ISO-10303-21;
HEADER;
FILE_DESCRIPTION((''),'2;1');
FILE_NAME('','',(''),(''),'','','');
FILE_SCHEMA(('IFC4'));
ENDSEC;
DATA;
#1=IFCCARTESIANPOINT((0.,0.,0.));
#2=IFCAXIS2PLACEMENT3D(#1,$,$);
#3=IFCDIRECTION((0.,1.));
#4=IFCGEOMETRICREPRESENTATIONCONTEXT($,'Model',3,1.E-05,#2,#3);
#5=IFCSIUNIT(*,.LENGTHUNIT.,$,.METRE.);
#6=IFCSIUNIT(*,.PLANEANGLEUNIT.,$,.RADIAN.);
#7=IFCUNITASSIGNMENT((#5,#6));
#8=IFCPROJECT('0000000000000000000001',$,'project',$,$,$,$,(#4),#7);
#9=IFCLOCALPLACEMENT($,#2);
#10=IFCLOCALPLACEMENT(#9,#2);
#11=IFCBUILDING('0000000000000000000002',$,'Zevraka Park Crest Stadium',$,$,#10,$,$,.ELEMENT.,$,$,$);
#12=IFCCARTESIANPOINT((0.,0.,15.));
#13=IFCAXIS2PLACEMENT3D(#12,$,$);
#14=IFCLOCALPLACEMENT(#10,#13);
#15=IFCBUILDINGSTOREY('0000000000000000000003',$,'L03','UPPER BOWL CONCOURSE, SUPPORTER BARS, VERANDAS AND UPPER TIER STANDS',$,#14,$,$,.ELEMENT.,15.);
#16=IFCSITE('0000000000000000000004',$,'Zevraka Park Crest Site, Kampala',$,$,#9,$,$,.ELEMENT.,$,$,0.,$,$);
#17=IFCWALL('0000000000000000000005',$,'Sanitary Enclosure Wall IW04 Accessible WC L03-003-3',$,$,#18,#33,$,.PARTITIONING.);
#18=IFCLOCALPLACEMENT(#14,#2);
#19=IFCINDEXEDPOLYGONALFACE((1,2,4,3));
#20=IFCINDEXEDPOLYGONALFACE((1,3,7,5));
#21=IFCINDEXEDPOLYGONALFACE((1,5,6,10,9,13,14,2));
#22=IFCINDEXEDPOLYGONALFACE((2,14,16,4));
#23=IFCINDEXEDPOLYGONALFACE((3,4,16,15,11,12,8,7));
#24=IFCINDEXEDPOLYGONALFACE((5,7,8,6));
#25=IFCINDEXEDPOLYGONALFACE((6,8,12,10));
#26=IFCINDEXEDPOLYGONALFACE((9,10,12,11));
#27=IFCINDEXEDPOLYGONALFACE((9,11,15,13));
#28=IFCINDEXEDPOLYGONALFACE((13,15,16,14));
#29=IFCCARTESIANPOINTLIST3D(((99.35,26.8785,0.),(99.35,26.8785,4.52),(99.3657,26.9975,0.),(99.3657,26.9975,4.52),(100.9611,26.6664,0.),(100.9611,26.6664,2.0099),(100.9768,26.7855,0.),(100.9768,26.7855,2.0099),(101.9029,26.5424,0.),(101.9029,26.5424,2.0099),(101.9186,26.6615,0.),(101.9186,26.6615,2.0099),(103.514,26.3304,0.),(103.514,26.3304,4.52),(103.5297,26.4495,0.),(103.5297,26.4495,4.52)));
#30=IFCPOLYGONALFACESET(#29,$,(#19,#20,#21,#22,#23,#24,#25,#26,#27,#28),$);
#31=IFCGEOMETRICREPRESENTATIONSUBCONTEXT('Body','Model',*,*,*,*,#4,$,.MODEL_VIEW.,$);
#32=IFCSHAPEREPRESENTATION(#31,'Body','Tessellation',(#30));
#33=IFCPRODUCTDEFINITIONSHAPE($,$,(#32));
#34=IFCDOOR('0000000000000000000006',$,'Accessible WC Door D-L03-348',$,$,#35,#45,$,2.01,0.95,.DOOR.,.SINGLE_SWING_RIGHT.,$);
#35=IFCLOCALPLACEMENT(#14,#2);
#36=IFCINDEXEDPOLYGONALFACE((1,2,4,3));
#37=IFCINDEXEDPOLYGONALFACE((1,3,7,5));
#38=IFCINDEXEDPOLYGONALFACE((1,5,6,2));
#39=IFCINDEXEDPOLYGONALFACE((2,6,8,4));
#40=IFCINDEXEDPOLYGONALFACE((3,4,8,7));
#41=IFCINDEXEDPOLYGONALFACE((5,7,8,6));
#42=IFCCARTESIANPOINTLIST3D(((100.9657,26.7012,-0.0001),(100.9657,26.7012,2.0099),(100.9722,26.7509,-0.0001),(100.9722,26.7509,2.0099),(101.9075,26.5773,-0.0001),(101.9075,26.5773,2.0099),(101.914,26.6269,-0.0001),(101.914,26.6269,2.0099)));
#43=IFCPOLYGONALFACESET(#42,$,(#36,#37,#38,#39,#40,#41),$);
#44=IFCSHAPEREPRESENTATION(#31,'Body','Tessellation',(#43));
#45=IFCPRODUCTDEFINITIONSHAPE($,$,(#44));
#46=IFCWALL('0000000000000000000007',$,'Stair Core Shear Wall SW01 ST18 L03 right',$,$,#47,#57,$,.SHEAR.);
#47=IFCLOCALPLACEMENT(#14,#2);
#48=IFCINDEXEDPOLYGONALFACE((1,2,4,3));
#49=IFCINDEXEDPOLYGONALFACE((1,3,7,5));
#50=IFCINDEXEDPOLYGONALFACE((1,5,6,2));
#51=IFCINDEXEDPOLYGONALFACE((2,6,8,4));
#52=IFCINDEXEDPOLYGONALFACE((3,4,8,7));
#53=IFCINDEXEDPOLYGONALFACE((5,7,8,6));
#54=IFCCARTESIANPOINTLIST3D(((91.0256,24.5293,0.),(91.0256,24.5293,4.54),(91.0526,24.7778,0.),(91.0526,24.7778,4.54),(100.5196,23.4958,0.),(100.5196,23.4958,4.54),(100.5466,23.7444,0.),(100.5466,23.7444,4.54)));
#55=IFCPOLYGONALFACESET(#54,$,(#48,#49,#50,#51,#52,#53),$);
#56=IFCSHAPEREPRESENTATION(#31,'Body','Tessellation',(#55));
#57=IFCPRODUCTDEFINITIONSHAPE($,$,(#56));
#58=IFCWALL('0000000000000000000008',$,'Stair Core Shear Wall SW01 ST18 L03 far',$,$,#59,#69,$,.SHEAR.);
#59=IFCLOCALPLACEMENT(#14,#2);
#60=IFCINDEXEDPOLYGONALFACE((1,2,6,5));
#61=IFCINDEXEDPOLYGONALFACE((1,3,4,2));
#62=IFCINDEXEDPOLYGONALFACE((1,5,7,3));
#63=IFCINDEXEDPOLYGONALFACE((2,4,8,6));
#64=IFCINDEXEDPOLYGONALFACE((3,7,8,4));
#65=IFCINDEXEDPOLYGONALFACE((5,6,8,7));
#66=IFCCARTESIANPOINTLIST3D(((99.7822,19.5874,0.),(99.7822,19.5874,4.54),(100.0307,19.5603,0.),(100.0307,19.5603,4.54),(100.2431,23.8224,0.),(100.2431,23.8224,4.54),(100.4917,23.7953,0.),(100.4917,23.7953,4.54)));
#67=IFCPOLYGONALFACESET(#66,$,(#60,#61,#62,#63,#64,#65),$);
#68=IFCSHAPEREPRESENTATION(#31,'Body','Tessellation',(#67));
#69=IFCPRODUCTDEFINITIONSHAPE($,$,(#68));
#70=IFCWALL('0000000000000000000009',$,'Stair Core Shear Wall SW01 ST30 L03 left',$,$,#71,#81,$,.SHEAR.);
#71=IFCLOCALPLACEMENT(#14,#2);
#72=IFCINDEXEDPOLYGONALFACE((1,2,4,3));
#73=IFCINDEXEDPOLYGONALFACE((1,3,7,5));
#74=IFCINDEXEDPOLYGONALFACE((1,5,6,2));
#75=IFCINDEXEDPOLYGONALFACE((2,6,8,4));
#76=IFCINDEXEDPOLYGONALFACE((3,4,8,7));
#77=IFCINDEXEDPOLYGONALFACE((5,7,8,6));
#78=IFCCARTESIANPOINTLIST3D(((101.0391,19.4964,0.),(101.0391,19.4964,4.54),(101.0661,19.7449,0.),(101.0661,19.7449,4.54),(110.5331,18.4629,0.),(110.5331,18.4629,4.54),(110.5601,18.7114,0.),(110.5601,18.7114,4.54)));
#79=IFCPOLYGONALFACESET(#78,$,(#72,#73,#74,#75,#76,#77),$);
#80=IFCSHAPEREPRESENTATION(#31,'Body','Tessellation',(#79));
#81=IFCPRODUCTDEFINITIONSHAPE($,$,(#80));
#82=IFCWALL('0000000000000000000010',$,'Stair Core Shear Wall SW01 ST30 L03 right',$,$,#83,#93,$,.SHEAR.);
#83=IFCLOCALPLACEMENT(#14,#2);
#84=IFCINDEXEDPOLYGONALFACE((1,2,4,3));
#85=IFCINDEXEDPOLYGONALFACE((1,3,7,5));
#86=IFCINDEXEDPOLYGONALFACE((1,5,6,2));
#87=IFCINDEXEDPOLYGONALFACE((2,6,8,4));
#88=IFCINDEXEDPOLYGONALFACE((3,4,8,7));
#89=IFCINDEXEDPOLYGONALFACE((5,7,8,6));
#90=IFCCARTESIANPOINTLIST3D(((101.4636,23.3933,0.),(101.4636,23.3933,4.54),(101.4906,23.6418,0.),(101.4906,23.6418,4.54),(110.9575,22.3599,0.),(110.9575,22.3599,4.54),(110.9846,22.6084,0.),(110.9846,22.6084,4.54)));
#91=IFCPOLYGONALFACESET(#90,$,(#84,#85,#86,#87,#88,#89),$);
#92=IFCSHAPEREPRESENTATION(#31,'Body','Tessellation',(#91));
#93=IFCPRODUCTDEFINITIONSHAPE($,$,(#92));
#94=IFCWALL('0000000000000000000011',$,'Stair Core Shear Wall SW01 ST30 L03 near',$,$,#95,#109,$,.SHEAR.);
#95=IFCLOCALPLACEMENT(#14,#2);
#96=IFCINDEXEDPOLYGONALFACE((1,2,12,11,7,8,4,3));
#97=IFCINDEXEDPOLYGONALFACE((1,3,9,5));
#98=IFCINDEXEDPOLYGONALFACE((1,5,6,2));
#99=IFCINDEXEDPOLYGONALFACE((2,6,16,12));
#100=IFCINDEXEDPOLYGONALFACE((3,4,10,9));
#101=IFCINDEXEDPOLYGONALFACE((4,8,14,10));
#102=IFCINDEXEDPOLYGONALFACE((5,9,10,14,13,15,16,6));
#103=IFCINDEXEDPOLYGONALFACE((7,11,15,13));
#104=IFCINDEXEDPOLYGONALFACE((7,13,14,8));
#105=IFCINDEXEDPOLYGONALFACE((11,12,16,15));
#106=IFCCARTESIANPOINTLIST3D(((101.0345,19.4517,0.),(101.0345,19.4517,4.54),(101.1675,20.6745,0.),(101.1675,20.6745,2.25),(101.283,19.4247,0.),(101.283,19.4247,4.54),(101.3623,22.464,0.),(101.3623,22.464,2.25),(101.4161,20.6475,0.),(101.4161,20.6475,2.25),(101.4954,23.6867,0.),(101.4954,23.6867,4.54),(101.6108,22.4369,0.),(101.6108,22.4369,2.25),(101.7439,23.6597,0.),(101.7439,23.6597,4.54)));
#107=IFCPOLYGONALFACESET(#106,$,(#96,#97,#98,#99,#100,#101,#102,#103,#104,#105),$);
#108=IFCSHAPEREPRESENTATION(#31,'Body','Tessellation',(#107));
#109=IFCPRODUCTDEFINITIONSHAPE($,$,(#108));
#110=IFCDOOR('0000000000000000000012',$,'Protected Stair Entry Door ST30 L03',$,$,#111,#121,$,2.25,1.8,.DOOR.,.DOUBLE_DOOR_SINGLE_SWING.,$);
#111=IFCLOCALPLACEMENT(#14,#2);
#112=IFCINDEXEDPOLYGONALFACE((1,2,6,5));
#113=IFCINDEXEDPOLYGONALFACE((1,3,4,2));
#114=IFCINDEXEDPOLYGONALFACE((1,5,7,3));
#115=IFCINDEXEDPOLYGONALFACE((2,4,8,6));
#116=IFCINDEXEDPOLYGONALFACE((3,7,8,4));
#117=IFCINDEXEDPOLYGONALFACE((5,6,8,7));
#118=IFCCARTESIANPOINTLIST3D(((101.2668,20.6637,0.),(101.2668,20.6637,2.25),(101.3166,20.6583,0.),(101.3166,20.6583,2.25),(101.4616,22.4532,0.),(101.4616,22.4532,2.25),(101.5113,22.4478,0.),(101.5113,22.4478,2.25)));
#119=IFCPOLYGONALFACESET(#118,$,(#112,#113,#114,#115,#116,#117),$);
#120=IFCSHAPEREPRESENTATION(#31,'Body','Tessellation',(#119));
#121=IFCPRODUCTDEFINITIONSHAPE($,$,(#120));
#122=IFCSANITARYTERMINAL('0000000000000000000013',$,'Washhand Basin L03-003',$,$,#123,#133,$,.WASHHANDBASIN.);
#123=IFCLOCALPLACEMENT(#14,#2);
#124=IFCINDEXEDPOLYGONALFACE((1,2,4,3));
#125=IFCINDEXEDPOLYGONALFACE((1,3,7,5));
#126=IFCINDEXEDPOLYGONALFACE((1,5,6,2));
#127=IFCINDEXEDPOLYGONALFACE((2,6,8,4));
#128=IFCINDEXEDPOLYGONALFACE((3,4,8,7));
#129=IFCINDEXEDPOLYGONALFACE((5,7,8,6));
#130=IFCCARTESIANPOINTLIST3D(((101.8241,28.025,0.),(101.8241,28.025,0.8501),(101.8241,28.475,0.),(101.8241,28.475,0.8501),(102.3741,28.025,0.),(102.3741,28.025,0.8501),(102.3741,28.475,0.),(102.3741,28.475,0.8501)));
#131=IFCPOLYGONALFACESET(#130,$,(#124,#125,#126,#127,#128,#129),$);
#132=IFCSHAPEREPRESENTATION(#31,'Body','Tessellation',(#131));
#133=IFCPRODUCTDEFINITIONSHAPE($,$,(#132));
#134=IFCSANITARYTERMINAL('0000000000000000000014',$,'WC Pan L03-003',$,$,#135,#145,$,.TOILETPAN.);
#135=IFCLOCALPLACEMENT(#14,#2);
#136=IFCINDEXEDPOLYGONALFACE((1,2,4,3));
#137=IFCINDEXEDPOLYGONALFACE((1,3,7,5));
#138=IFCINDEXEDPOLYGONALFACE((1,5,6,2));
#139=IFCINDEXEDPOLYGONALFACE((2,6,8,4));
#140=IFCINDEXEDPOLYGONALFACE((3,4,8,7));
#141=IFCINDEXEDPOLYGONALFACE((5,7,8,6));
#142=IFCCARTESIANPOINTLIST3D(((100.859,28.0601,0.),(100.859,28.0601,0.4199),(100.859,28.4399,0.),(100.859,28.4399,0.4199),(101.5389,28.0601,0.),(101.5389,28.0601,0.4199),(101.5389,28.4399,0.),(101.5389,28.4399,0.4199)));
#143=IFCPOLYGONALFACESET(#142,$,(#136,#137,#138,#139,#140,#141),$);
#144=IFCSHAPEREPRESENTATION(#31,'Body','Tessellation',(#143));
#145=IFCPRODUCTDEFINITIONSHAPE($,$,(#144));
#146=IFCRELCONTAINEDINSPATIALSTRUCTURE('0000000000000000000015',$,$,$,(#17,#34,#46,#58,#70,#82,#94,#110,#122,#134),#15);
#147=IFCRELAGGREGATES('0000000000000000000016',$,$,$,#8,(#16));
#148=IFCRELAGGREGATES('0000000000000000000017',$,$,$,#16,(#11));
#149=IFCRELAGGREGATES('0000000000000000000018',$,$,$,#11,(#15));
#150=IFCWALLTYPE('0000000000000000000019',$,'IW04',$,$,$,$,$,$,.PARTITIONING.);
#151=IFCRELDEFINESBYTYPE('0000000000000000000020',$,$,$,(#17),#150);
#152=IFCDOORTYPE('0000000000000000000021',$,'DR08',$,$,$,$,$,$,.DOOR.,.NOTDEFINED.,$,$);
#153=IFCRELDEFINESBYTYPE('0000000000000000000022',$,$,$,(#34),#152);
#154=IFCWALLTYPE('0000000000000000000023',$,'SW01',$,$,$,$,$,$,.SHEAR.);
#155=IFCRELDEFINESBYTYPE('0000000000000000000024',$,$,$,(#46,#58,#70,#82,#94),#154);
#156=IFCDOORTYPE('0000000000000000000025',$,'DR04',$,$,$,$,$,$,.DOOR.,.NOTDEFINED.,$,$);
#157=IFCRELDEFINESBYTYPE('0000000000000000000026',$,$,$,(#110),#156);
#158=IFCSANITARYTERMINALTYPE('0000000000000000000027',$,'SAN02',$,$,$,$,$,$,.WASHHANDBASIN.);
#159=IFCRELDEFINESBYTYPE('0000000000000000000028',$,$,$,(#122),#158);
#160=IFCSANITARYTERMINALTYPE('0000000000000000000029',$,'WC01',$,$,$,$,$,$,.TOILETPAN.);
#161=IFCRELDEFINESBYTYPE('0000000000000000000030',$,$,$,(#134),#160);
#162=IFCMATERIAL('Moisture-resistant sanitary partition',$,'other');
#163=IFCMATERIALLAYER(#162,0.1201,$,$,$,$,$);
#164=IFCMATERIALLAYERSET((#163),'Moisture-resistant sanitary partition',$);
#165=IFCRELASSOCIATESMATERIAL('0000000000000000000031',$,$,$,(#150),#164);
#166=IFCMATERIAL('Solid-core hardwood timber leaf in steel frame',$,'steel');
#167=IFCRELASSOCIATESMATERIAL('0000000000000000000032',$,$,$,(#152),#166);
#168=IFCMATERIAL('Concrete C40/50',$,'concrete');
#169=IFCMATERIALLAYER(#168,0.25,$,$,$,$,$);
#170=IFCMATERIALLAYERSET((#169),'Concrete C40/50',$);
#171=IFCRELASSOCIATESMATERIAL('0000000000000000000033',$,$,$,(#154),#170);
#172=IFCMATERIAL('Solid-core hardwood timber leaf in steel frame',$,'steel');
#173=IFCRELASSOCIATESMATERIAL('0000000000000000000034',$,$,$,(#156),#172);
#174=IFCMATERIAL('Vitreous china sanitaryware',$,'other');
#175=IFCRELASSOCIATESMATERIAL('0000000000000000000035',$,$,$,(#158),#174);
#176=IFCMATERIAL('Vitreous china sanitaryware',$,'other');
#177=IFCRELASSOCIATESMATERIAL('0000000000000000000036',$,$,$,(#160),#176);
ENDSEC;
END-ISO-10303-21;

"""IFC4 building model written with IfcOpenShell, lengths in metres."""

from ifc_helpers import new_model, si_unit, direction, frame, frame_2d, origin, origin_2d, place, context, subcontext, project, spatial, rectangle, extrude, material, layer, layer_set, type_object, element, fill, save


model = new_model("IFC4")

# Units and contexts
model_context = context("Model", 3, precision=1e-05, world=origin(), true_north=direction((0.0, 1.0)))
body_context = subcontext(model_context, "Body", "Model", "MODEL_VIEW")
ifc_project = project(units=[si_unit("LENGTHUNIT", "METRE"), si_unit("PLANEANGLEUNIT", "RADIAN")], contexts=[model_context])

# Site, building, storey
site_placement = place(None, origin())
site = spatial("IfcSite", under=ifc_project, at=site_placement, Name="Zevraka Park Crest Site, Kampala", CompositionType="ELEMENT", RefElevation=0.0)
building_placement = place(site_placement, origin())
building = spatial("IfcBuilding", under=site, at=building_placement, Name="Zevraka Park Crest Stadium", CompositionType="ELEMENT")
storey_placement = place(building_placement, frame((0.0, 0.0, 15.0)))
storey = spatial("IfcBuildingStorey", under=building, at=storey_placement, Name="L03", Description="UPPER BOWL CONCOURSE, SUPPORTER BARS, VERANDAS AND UPPER TIER STANDS", CompositionType="ELEMENT", Elevation=15.0)

# Shared definitions
ifc_material_1 = material(Name="Moisture-resistant sanitary partition", Category="other")
ifc_layer_1 = layer(ifc_material_1, 0.1201)
ifc_layer_set_1 = layer_set([ifc_layer_1], Name="Moisture-resistant sanitary partition")
wall_type_1 = type_object("IfcWallType", Name="IW04", PredefinedType="PARTITIONING", material=ifc_layer_set_1)

# Wall, opening, door
wall_1_placement = place(storey_placement, frame((103.522, 26.3899, 0.0), z_axis=(0.0, 0.0, 1.0), x_axis=(-0.991448, 0.1305, 0.0)))
wall_1 = element("IfcWall", 1, at=wall_1_placement, inside=storey, type_object=wall_type_1, Name="Sanitary Enclosure Wall IW04 Accessible WC L03-003-3", PredefinedType="PARTITIONING", context=body_context, shape_type="SweptSolid", body=[
    extrude(rectangle(XDim=4.2, YDim=0.1201, at=frame_2d((2.1001, 0.0))), origin(), (0.0, 0.0, 1.0), 4.52),
])
opening_1_placement = place(wall_1_placement, frame((1.625, 0.0, 0.0)))
opening_1 = element("IfcOpeningElement", 2, at=opening_1_placement, cuts=wall_1, PredefinedType="OPENING", context=body_context, shape_type="SweptSolid", body=[
    extrude(rectangle(XDim=0.95, YDim=2.01, at=frame_2d((0.4751, 1.0049))), frame((0.0, 0.0701, 0.0), z_axis=(0.0, -1.0, 0.0), x_axis=(1.0, 0.0, 0.0)), (0.0, 0.0, 1.0), 0.1401),
])
ifc_material_2 = material(Name="Solid-core hardwood timber leaf in steel frame", Category="steel")
door_type_1 = type_object("IfcDoorType", Name="DR08", OperationType="NOTDEFINED", PredefinedType="DOOR", material=ifc_material_2)
door_1_placement = place(opening_1_placement, origin())
door_1 = element("IfcDoor", 3, at=door_1_placement, inside=storey, type_object=door_type_1, Name="Accessible WC Door D-L03-348", OperationType="SINGLE_SWING_RIGHT", OverallHeight=2.01, OverallWidth=0.95, PredefinedType="DOOR", context=body_context, shape_type="SweptSolid", body=[
    extrude(rectangle(XDim=0.95, YDim=2.01, at=frame_2d((0.4751, 1.0049))), frame((0.0, 0.0249, 0.0), z_axis=(0.0, -1.0, 0.0), x_axis=(1.0, 0.0, 0.0)), (0.0, 0.0, 1.0), 0.05),
])
fill(opening_1, door_1)

# Walls
ifc_material_3 = material(Name="Concrete C40/50", Category="concrete")
ifc_layer_2 = layer(ifc_material_3, 0.25)
ifc_layer_set_2 = layer_set([ifc_layer_2], Name="Concrete C40/50")
wall_type_2 = type_object("IfcWallType", Name="SW01", PredefinedType="SHEAR", material=ifc_layer_set_2)
wall_2_placement = place(storey_placement, frame((100.533, 23.6201, 0.0), z_axis=(0.0, 0.0, 1.0), x_axis=(-0.994128, 0.108215, 0.0)))
element("IfcWall", 4, at=wall_2_placement, inside=storey, type_object=wall_type_2, Name="Stair Core Shear Wall SW01 ST18 L03 right", PredefinedType="SHEAR", context=body_context, shape_type="SweptSolid", body=[
    extrude(rectangle(XDim=9.55, YDim=0.25, at=frame_2d((4.7749, 0.0))), origin(), (0.0, 0.0, 1.0), 4.54),
])
wall_3_placement = place(storey_placement, frame((99.9065, 19.574, 0.0), z_axis=(0.0, 0.0, 1.0), x_axis=(0.108198, 0.994129, 0.0)))
element("IfcWall", 5, at=wall_3_placement, inside=storey, type_object=wall_type_2, Name="Stair Core Shear Wall SW01 ST18 L03 far", PredefinedType="SHEAR", context=body_context, shape_type="SweptSolid", body=[
    extrude(rectangle(XDim=4.26, YDim=0.25, at=frame_2d((2.1299, 0.0))), origin(), (0.0, 0.0, 1.0), 4.54),
])
for number, where, z_axis, x_axis, name in (
    (6, (101.0527, 19.6206, 0.0), (0.0, 0.0, 1.0), (0.994128, -0.108215, 0.0), "Stair Core Shear Wall SW01 ST30 L03 left"),
    (7, (110.9709, 22.4841, 0.0), (0.0, 0.0, 1.0), (-0.994128, 0.108215, 0.0), "Stair Core Shear Wall SW01 ST30 L03 right"),
):
    element("IfcWall", number, at=place(storey_placement, frame(where, z_axis=z_axis, x_axis=x_axis)), inside=storey, type_object=wall_type_2, Name=name, PredefinedType="SHEAR", context=body_context, shape_type="SweptSolid", body=[
        extrude(rectangle(XDim=9.55, YDim=0.25, at=frame_2d((4.7749, 0.0))), origin(), (0.0, 0.0, 1.0), 4.54),
    ])

# Wall, opening, door
wall_4_placement = place(storey_placement, frame((101.6196, 23.6731, 0.0), z_axis=(0.0, 0.0, 1.0), x_axis=(-0.108198, -0.994129, 0.0)))
wall_4 = element("IfcWall", 8, at=wall_4_placement, inside=storey, type_object=wall_type_2, Name="Stair Core Shear Wall SW01 ST30 L03 near", PredefinedType="SHEAR", context=body_context, shape_type="SweptSolid", body=[
    extrude(rectangle(XDim=4.26, YDim=0.25, at=frame_2d((2.1299, 0.0))), origin(), (0.0, 0.0, 1.0), 4.54),
])
opening_2_placement = place(wall_4_placement, frame((1.23, 0.0, 0.0)))
opening_2 = element("IfcOpeningElement", 9, at=opening_2_placement, cuts=wall_4, PredefinedType="OPENING", context=body_context, shape_type="SweptSolid", body=[
    extrude(rectangle(XDim=1.8, YDim=2.25, at=frame_2d((0.8999, 1.125))), frame((0.0, 0.135, 0.0), z_axis=(0.0, -1.0, 0.0), x_axis=(1.0, 0.0, 0.0)), (0.0, 0.0, 1.0), 0.27),
])
ifc_material_4 = material(Name="Solid-core hardwood timber leaf in steel frame", Category="steel")
door_type_2 = type_object("IfcDoorType", Name="DR04", OperationType="NOTDEFINED", PredefinedType="DOOR", material=ifc_material_4)
door_2_placement = place(opening_2_placement, origin())
door_2 = element("IfcDoor", 10, at=door_2_placement, inside=storey, type_object=door_type_2, Name="Protected Stair Entry Door ST30 L03", OperationType="DOUBLE_DOOR_SINGLE_SWING", OverallHeight=2.25, OverallWidth=1.8, PredefinedType="DOOR", context=body_context, shape_type="SweptSolid", body=[
    extrude(rectangle(XDim=1.8, YDim=2.25, at=frame_2d((0.8999, 1.125))), frame((0.0, 0.0249, 0.0), z_axis=(0.0, -1.0, 0.0), x_axis=(1.0, 0.0, 0.0)), (0.0, 0.0, 1.0), 0.05),
])
fill(opening_2, door_2)

# Sanitary terminals
ifc_material_5 = material(Name="Vitreous china sanitaryware", Category="other")
sanitary_terminal_type_1 = type_object("IfcSanitaryTerminalType", Name="SAN02", PredefinedType="WASHHANDBASIN", material=ifc_material_5)
sanitary_terminal_1_placement = place(storey_placement, frame((102.0991, 28.25, 0.0), z_axis=(0.0, 0.0, 1.0), x_axis=(1.0, 0.0, 0.0)))
element("IfcSanitaryTerminal", 11, at=sanitary_terminal_1_placement, inside=storey, type_object=sanitary_terminal_type_1, Name="Washhand Basin L03-003", PredefinedType="WASHHANDBASIN", context=body_context, shape_type="SweptSolid", body=[
    extrude(rectangle(XDim=0.55, YDim=0.45, at=origin_2d()), origin(), (0.0, 0.0, 1.0), 0.8501),
])
ifc_material_6 = material(Name="Vitreous china sanitaryware", Category="other")
sanitary_terminal_type_2 = type_object("IfcSanitaryTerminalType", Name="WC01", PredefinedType="TOILETPAN", material=ifc_material_6)
sanitary_terminal_2_placement = place(storey_placement, frame((101.199, 28.25, 0.0), z_axis=(0.0, 0.0, 1.0), x_axis=(1.0, 0.0, 0.0)))
element("IfcSanitaryTerminal", 12, at=sanitary_terminal_2_placement, inside=storey, type_object=sanitary_terminal_type_2, Name="WC Pan L03-003", PredefinedType="TOILETPAN", context=body_context, shape_type="SweptSolid", body=[
    extrude(rectangle(XDim=0.6799, YDim=0.3799, at=origin_2d()), origin(), (0.0, 0.0, 1.0), 0.4199),
])

save(model, "model.ifc")
